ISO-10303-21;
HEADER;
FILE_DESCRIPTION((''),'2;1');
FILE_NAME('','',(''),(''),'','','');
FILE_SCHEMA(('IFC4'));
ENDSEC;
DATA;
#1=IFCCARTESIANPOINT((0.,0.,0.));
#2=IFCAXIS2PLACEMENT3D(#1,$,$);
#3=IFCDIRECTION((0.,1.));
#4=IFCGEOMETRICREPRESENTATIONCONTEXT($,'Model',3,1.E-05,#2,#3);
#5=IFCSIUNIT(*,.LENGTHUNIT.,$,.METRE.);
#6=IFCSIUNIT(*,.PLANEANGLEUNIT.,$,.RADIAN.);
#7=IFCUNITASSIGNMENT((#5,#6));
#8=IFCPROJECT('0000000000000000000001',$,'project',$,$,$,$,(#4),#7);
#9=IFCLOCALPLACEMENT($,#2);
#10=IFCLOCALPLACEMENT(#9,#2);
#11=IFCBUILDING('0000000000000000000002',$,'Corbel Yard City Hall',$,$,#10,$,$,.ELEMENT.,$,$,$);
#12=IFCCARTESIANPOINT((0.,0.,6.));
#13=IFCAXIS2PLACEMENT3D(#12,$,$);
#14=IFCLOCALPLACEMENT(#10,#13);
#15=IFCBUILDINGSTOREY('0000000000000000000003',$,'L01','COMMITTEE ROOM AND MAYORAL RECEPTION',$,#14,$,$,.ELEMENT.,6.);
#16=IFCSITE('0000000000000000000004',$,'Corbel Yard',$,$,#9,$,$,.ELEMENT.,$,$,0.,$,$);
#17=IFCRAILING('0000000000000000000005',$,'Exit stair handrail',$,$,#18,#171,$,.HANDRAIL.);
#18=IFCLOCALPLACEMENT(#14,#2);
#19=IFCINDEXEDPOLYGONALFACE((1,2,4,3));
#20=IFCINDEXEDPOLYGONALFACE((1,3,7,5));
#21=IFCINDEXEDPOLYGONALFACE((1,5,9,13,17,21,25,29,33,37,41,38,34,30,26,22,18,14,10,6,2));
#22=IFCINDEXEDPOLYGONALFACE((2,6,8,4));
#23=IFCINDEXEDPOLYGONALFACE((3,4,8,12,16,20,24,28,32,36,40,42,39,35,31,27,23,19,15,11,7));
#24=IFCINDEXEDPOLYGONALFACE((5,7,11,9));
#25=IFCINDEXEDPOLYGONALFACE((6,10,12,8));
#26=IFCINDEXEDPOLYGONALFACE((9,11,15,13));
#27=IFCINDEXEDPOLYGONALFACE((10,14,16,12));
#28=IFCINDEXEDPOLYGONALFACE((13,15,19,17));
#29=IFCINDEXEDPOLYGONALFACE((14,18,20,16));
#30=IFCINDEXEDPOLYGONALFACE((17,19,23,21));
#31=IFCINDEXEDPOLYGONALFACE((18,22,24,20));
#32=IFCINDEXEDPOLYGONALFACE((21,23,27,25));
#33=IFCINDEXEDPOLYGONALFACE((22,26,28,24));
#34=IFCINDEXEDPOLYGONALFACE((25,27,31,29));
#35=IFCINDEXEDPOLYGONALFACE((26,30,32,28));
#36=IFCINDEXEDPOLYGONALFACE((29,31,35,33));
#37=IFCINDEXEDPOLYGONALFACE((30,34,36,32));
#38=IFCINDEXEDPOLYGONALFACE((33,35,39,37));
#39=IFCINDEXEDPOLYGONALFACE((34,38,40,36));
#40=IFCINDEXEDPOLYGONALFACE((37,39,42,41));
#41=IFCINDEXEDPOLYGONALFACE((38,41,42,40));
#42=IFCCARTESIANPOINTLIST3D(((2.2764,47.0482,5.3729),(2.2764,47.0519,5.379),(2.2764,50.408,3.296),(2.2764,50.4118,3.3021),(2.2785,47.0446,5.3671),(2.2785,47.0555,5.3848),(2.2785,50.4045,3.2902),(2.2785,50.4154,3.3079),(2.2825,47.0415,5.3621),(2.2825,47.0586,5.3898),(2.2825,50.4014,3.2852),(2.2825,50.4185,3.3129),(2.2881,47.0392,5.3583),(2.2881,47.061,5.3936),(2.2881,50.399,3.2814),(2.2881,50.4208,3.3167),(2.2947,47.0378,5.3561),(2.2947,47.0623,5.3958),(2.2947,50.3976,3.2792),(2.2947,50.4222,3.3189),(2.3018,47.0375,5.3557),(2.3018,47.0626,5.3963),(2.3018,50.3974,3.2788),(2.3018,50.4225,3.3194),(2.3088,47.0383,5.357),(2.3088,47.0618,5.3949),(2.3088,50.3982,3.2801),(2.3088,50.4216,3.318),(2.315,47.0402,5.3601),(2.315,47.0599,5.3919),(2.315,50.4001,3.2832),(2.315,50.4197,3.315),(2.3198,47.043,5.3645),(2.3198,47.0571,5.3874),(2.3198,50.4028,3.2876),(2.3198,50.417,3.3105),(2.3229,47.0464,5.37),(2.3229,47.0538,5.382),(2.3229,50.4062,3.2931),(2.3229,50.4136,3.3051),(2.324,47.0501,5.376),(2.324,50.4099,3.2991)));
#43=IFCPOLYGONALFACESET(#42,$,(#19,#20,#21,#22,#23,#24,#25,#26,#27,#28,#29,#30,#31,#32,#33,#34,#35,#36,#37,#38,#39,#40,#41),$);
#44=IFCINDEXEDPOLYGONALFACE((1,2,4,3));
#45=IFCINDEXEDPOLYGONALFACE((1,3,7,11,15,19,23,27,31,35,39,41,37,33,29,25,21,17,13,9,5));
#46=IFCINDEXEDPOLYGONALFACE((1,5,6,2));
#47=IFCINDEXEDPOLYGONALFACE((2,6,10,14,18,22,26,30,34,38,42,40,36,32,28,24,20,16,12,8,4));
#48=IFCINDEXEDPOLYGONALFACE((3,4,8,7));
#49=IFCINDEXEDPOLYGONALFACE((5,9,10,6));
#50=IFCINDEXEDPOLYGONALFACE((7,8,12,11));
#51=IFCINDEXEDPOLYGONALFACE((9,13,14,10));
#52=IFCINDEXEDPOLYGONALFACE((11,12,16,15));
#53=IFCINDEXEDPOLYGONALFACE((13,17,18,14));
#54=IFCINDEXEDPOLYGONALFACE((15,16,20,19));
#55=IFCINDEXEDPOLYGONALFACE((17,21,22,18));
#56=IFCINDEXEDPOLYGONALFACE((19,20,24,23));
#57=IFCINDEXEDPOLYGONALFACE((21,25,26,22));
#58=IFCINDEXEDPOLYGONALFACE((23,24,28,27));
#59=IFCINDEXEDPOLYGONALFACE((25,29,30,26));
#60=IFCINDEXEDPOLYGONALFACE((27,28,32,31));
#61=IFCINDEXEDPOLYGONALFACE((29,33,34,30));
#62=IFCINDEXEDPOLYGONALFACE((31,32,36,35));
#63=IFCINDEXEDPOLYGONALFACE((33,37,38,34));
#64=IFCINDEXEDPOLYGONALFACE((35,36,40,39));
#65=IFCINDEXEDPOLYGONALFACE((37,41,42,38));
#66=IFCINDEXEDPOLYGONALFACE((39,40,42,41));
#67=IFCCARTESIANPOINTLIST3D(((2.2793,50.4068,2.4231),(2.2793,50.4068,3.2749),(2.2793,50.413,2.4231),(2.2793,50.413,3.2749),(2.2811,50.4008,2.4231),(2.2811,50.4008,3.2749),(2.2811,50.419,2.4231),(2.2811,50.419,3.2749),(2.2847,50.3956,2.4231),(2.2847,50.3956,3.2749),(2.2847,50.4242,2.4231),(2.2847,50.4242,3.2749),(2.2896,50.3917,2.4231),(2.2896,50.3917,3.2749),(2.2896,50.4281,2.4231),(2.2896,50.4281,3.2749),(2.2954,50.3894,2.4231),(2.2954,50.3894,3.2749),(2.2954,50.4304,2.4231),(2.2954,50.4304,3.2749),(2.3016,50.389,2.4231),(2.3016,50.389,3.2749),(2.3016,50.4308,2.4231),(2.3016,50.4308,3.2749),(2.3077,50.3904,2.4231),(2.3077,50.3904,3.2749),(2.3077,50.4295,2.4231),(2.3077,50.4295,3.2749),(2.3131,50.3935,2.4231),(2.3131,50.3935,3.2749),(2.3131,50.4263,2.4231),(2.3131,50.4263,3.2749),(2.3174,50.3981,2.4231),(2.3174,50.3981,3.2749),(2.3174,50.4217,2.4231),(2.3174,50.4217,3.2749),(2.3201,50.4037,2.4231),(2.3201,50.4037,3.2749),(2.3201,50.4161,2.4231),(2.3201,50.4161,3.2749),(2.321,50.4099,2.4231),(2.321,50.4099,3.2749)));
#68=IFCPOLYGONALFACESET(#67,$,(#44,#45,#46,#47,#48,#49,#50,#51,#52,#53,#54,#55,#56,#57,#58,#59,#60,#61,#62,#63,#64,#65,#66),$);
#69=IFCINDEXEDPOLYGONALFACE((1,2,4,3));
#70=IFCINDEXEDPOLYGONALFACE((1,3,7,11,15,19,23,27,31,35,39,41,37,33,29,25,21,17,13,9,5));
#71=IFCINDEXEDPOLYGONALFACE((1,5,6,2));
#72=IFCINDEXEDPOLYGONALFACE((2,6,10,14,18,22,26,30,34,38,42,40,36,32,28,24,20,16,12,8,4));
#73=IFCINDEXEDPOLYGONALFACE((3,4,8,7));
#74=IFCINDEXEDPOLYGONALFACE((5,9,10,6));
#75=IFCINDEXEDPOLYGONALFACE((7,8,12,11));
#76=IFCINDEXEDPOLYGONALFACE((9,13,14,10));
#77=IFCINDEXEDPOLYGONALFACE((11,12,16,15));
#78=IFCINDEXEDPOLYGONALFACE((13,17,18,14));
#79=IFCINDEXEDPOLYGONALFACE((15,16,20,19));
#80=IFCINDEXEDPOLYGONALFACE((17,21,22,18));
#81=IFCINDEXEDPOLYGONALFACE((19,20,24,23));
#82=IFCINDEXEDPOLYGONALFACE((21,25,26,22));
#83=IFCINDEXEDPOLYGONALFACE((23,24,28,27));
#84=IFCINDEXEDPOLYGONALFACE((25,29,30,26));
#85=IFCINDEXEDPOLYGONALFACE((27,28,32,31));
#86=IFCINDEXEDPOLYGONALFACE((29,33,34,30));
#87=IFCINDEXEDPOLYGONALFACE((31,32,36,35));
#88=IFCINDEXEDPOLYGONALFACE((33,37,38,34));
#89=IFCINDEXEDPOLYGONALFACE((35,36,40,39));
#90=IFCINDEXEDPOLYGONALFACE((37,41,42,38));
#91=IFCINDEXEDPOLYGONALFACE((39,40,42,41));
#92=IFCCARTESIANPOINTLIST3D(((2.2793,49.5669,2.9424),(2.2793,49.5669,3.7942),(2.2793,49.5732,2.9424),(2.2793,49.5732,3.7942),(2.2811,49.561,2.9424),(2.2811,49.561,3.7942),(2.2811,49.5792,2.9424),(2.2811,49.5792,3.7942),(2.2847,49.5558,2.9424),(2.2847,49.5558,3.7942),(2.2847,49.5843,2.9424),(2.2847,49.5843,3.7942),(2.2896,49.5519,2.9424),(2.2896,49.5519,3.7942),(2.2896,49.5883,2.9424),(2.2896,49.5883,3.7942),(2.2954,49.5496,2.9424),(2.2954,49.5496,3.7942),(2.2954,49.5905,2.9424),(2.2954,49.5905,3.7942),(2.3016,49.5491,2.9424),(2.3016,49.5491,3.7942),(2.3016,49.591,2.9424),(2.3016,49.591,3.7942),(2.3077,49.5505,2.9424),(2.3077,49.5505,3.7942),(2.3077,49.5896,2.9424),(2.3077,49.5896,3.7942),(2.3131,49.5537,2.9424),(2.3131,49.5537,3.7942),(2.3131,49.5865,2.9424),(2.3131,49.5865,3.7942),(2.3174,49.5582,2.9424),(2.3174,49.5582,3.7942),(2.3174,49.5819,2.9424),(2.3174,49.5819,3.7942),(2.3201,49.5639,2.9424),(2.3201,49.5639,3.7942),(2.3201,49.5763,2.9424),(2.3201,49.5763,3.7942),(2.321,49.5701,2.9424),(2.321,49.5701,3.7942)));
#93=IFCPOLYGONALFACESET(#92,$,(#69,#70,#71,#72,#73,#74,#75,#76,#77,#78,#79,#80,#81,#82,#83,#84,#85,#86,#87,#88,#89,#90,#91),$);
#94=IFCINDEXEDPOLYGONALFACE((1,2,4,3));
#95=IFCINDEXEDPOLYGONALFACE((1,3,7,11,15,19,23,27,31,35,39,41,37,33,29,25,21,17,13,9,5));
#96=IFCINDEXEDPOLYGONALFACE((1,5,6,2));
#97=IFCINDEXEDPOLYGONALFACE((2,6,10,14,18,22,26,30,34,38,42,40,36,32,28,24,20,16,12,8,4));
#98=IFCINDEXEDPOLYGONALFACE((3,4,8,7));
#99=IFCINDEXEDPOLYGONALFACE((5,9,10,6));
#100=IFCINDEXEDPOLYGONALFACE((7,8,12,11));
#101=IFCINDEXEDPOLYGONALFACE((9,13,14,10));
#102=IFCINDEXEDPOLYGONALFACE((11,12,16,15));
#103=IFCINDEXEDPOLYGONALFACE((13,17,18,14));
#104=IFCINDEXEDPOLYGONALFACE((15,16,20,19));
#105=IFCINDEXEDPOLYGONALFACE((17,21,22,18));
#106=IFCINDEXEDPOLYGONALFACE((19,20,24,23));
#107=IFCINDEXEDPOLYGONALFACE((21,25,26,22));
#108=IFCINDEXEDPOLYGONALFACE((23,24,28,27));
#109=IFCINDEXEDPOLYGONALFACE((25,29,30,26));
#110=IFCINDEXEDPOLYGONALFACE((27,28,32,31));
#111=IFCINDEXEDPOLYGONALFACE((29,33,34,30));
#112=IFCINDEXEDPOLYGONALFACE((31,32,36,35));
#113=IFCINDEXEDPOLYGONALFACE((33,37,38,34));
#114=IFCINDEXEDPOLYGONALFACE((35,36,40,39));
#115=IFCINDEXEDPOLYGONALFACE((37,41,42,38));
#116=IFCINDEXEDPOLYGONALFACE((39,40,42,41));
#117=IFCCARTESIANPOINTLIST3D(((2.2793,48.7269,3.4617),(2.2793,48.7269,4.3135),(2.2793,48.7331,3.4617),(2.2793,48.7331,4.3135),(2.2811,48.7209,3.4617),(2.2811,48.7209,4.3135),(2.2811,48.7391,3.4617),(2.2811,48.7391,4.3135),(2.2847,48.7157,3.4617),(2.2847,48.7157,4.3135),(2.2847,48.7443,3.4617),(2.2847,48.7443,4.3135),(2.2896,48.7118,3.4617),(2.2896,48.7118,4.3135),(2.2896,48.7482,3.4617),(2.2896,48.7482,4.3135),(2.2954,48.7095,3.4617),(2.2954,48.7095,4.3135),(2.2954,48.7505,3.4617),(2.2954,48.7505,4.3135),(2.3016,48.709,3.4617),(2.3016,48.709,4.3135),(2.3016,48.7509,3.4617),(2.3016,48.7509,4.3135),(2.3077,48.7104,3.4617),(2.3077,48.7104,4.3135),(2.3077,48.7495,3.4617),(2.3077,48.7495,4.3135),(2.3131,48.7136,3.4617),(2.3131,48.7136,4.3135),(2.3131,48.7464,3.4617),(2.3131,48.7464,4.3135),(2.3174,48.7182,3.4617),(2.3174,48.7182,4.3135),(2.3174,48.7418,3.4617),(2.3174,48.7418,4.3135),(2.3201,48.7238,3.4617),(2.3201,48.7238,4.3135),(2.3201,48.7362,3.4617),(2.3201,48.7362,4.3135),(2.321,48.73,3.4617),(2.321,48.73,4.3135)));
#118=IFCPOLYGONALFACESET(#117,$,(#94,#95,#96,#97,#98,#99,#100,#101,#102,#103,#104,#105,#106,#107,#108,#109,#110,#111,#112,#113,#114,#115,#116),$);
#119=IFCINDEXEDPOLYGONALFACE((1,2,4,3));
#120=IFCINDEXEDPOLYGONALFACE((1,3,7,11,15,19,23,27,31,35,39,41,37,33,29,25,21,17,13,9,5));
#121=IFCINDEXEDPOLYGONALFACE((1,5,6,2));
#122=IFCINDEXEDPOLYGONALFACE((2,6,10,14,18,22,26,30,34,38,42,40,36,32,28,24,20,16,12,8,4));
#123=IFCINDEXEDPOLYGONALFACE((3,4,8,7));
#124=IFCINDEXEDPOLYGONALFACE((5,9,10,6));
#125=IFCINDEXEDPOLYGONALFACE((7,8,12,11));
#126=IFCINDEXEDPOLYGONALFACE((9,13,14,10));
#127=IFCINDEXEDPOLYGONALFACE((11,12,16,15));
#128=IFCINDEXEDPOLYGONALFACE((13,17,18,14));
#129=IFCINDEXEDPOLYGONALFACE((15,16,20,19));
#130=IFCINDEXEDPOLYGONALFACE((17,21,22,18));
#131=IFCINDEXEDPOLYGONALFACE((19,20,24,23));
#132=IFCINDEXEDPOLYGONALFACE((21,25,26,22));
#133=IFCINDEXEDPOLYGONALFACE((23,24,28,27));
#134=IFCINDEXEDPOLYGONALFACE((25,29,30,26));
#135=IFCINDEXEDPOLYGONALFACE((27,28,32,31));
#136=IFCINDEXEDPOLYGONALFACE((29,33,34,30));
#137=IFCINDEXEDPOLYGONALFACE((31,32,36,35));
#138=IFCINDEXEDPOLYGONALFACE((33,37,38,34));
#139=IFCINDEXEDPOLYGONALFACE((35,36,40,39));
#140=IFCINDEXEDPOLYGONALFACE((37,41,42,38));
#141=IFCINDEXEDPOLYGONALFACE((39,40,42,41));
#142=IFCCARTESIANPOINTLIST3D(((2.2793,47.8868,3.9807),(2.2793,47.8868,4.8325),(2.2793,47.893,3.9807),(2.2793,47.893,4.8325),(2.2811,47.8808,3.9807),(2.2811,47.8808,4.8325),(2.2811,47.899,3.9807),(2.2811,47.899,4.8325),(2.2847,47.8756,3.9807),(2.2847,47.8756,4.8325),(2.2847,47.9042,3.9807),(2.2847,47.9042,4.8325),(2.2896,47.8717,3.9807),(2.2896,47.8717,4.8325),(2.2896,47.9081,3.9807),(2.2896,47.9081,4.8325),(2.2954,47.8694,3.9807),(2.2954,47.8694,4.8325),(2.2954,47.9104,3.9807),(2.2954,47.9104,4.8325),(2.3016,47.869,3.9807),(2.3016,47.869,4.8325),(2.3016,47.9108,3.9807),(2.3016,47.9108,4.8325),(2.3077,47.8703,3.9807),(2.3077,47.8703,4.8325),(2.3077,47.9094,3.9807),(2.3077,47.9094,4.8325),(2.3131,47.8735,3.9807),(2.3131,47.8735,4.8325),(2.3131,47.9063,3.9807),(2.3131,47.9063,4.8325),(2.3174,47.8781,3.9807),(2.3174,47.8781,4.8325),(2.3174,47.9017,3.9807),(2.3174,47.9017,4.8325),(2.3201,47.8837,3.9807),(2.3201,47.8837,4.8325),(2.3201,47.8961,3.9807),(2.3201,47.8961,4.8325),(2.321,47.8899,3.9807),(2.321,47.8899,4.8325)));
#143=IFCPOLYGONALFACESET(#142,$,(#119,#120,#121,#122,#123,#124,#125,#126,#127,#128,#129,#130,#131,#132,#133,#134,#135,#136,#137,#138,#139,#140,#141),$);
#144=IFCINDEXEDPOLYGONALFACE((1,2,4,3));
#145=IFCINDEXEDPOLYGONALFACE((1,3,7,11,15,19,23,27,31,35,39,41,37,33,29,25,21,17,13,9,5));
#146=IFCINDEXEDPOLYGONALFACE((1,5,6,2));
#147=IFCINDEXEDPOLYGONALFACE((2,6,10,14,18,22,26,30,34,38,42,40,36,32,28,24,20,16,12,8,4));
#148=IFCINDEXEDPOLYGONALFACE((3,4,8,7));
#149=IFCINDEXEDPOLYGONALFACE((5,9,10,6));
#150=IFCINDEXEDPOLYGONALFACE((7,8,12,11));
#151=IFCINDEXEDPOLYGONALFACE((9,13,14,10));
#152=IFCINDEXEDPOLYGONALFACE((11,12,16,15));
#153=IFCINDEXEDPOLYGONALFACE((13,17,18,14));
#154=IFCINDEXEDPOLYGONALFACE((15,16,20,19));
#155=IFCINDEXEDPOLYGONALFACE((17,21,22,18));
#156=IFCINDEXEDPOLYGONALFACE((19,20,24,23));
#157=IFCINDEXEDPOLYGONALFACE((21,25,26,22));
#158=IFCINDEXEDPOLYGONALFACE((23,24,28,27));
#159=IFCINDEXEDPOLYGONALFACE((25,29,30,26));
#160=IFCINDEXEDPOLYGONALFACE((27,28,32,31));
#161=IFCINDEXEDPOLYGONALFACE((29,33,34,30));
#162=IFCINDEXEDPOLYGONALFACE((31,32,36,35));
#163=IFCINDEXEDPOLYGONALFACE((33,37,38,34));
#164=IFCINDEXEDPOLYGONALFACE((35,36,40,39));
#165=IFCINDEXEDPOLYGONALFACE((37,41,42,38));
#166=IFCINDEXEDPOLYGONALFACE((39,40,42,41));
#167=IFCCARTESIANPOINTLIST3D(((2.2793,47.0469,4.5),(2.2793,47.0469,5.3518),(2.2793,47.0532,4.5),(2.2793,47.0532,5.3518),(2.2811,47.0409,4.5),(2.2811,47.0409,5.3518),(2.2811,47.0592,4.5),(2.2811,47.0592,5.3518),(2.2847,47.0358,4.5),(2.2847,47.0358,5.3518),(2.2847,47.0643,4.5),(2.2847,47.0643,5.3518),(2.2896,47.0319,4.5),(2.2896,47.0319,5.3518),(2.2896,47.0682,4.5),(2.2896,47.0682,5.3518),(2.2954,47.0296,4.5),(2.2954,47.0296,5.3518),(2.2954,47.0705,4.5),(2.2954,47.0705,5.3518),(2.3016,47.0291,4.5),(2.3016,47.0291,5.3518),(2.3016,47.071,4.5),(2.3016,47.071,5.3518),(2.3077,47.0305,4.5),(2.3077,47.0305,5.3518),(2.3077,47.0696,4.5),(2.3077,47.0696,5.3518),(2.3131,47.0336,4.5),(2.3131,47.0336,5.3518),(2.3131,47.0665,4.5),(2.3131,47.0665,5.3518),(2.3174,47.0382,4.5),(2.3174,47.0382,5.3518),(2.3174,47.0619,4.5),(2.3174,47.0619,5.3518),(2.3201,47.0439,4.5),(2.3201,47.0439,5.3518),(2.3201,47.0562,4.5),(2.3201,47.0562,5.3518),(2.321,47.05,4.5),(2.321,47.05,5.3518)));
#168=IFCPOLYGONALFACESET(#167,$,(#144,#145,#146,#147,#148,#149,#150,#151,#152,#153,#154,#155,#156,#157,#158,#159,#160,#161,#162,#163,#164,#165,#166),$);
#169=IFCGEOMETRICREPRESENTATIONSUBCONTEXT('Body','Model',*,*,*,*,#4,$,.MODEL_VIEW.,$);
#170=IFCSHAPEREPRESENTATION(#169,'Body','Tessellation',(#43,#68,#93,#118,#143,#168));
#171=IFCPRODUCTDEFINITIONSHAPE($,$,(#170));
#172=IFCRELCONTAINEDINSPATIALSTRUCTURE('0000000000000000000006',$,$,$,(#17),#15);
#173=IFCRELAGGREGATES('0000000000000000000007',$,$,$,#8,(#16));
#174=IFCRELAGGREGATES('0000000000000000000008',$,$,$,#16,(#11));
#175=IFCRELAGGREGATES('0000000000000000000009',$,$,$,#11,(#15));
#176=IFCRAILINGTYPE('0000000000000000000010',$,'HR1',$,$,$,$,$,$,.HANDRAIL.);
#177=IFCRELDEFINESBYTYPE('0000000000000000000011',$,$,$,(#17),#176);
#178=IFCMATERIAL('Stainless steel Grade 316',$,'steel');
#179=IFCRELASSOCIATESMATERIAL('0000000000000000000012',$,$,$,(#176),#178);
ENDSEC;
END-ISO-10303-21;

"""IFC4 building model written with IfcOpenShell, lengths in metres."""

from ifc_helpers import new_model, si_unit, direction, frame, origin, origin_2d, place, context, subcontext, project, spatial, circle, extrude, material, type_object, element, save


model = new_model("IFC4")

# Units and contexts
model_context = context("Model", 3, precision=1e-05, world=origin(), true_north=direction((0.0, 1.0)))
body_context = subcontext(model_context, "Body", "Model", "MODEL_VIEW")
ifc_project = project(units=[si_unit("LENGTHUNIT", "METRE"), si_unit("PLANEANGLEUNIT", "RADIAN")], contexts=[model_context])

# Site, building, storey
site_placement = place(None, origin())
site = spatial("IfcSite", under=ifc_project, at=site_placement, Name="Corbel Yard", CompositionType="ELEMENT", RefElevation=0.0)
building_placement = place(site_placement, origin())
building = spatial("IfcBuilding", under=site, at=building_placement, Name="Corbel Yard City Hall", CompositionType="ELEMENT")
storey_placement = place(building_placement, frame((0.0, 0.0, 6.0)))
storey = spatial("IfcBuildingStorey", under=building, at=storey_placement, Name="L01", Description="COMMITTEE ROOM AND MAYORAL RECEPTION", CompositionType="ELEMENT", Elevation=6.0)

# Shared definitions
ifc_material_1 = material(Name="Stainless steel Grade 316", Category="steel")

# Railing
railing_type_1 = type_object("IfcRailingType", Name="HR1", PredefinedType="HANDRAIL", material=ifc_material_1)
for number, where, name in (
    (1, (2.3, 50.4099, 2.4231), "Exit stair handrail"),
):
    element("IfcRailing", number, at=place(storey_placement, frame(where)), inside=storey, type_object=railing_type_1, Name=name, PredefinedType="HANDRAIL", context=body_context, shape_type="SweptSolid", body=[
        extrude(circle(Radius=0.0239, at=origin_2d()), frame((0.0, 0.0, 0.876), z_axis=(0.0, -0.850606, 0.525803), x_axis=(1.0, 0.0, 0.0)), (0.0, 0.0, 1.0), 3.95),
        extrude(circle(Radius=0.021, at=origin_2d()), origin(), (0.0, 0.0, 1.0), 0.8518),
        extrude(circle(Radius=0.021, at=origin_2d()), frame((0.0, -0.8398, 0.5193)), (0.0, 0.0, 1.0), 0.8518),
        extrude(circle(Radius=0.021, at=origin_2d()), frame((0.0, -1.6799, 1.0386)), (0.0, 0.0, 1.0), 0.8518),
        extrude(circle(Radius=0.021, at=origin_2d()), frame((0.0, -2.52, 1.5576)), (0.0, 0.0, 1.0), 0.8518),
        extrude(circle(Radius=0.021, at=origin_2d()), frame((0.0, -3.3599, 2.0769)), (0.0, 0.0, 1.0), 0.8518),
    ])

save(model, "model.ifc")
